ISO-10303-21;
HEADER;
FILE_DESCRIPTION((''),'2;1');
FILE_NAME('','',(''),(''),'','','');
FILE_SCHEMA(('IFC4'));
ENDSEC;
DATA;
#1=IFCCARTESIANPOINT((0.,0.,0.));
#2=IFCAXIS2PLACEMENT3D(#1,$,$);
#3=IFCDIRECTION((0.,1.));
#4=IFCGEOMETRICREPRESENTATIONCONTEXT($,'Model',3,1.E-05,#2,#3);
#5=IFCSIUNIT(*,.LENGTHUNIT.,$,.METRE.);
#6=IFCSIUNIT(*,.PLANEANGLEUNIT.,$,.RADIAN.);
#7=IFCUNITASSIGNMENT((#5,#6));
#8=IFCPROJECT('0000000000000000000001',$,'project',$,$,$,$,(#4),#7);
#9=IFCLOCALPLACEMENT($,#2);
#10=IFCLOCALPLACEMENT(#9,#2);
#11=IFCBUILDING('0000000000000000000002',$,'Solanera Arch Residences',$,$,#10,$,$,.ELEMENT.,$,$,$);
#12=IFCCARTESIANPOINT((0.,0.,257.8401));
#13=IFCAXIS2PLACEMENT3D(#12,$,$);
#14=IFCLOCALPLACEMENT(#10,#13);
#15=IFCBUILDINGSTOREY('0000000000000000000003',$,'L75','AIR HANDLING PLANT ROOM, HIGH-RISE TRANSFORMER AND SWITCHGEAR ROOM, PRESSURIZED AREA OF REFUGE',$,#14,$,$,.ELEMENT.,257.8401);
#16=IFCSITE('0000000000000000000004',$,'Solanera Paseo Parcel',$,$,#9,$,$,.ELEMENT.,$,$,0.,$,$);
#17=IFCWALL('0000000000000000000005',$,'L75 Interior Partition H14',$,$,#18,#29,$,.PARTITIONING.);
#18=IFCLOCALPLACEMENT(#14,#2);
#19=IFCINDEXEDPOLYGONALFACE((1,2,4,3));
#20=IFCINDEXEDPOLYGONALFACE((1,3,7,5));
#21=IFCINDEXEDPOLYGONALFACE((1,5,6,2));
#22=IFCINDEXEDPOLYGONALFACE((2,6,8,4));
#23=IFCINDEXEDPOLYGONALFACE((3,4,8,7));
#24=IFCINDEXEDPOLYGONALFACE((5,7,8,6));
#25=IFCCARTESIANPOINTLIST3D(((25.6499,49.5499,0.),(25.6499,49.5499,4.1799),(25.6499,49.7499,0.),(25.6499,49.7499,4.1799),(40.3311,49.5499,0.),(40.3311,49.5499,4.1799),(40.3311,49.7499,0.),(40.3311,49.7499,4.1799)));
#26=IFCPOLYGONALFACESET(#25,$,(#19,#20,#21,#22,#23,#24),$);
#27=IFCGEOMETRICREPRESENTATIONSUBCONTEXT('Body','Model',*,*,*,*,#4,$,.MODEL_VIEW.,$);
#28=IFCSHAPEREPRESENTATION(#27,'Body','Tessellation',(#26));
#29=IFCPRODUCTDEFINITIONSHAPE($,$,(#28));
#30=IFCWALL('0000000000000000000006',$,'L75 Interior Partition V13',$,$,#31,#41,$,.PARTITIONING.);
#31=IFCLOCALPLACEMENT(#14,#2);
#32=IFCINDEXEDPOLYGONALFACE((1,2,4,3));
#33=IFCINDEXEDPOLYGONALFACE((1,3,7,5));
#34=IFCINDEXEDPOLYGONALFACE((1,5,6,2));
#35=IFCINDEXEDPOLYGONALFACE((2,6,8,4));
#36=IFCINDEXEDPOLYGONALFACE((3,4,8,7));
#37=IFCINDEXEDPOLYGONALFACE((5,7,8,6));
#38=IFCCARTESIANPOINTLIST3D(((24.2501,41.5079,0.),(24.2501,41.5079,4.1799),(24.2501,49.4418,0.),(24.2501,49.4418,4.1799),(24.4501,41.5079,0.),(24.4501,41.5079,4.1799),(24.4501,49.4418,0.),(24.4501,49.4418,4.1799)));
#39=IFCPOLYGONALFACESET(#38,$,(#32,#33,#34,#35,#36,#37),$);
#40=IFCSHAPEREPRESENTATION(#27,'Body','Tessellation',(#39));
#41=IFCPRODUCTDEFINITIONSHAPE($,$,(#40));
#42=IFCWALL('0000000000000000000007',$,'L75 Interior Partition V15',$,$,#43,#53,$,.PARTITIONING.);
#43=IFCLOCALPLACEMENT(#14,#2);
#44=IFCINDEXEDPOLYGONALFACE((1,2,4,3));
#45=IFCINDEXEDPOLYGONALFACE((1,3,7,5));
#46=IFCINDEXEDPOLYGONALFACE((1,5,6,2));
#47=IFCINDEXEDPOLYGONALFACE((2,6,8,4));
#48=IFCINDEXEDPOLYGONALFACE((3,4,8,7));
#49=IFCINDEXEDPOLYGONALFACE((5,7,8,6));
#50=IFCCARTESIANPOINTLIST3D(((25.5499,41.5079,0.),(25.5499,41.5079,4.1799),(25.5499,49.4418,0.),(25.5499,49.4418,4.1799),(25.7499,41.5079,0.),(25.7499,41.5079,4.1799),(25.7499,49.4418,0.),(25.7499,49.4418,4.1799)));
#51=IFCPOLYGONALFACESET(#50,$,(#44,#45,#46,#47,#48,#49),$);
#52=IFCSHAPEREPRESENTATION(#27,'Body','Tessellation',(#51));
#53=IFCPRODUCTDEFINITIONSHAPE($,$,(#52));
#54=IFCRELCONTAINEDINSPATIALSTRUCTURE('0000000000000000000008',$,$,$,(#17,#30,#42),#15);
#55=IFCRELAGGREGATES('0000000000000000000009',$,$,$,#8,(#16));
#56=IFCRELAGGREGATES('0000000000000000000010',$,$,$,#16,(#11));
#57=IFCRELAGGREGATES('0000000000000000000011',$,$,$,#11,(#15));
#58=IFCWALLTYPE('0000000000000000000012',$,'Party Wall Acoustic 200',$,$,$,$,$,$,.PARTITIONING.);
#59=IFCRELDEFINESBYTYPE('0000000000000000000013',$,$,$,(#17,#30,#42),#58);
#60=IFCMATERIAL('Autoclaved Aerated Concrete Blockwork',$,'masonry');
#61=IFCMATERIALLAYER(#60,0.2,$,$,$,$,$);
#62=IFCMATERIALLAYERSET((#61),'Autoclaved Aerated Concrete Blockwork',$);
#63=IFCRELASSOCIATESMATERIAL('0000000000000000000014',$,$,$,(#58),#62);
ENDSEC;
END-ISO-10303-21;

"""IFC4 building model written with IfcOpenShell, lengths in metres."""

from ifc_helpers import new_model, si_unit, direction, frame, frame_2d, origin, place, context, subcontext, project, spatial, rectangle, extrude, material, layer, layer_set, type_object, element, save


model = new_model("IFC4")

# Units and contexts
model_context = context("Model", 3, precision=1e-05, world=origin(), true_north=direction((0.0, 1.0)))
body_context = subcontext(model_context, "Body", "Model", "MODEL_VIEW")
ifc_project = project(units=[si_unit("LENGTHUNIT", "METRE"), si_unit("PLANEANGLEUNIT", "RADIAN")], contexts=[model_context])

# Site, building, storey
site_placement = place(None, origin())
site = spatial("IfcSite", under=ifc_project, at=site_placement, Name="Solanera Paseo Parcel", CompositionType="ELEMENT", RefElevation=0.0)
building_placement = place(site_placement, origin())
building = spatial("IfcBuilding", under=site, at=building_placement, Name="Solanera Arch Residences", CompositionType="ELEMENT")
storey_placement = place(building_placement, frame((0.0, 0.0, 257.8401)))
storey = spatial("IfcBuildingStorey", under=building, at=storey_placement, Name="L75", Description="AIR HANDLING PLANT ROOM, HIGH-RISE TRANSFORMER AND SWITCHGEAR ROOM, PRESSURIZED AREA OF REFUGE", CompositionType="ELEMENT", Elevation=257.8401)

# Walls
ifc_material_1 = material(Name="Autoclaved Aerated Concrete Blockwork", Category="masonry")
ifc_layer_1 = layer(ifc_material_1, 0.2)
ifc_layer_set_1 = layer_set([ifc_layer_1], Name="Autoclaved Aerated Concrete Blockwork")
wall_type_1 = type_object("IfcWallType", Name="Party Wall Acoustic 200", PredefinedType="PARTITIONING", material=ifc_layer_set_1)
wall_1_placement = place(storey_placement, frame((25.6499, 49.6499, 0.0), z_axis=(0.0, 0.0, 1.0), x_axis=(1.0, 0.0, 0.0)))
element("IfcWall", 1, at=wall_1_placement, inside=storey, type_object=wall_type_1, Name="L75 Interior Partition H14", PredefinedType="PARTITIONING", context=body_context, shape_type="SweptSolid", body=[
    extrude(rectangle(XDim=14.6812, YDim=0.2, at=frame_2d((7.3406, 0.0))), origin(), (0.0, 0.0, 1.0), 4.1799),
])
for number, where, z_axis, x_axis, name in (
    (2, (24.3501, 41.5081, 0.0), (0.0, 0.0, 1.0), (0.0, 1.0, 0.0), "L75 Interior Partition V13"),
    (3, (25.6499, 41.5081, 0.0), (0.0, 0.0, 1.0), (0.0, 1.0, 0.0), "L75 Interior Partition V15"),
):
    element("IfcWall", number, at=place(storey_placement, frame(where, z_axis=z_axis, x_axis=x_axis)), inside=storey, type_object=wall_type_1, Name=name, PredefinedType="PARTITIONING", context=body_context, shape_type="SweptSolid", body=[
        extrude(rectangle(XDim=7.9338, YDim=0.2, at=frame_2d((3.9668, 0.0))), origin(), (0.0, 0.0, 1.0), 4.1799),
    ])

save(model, "model.ifc")
